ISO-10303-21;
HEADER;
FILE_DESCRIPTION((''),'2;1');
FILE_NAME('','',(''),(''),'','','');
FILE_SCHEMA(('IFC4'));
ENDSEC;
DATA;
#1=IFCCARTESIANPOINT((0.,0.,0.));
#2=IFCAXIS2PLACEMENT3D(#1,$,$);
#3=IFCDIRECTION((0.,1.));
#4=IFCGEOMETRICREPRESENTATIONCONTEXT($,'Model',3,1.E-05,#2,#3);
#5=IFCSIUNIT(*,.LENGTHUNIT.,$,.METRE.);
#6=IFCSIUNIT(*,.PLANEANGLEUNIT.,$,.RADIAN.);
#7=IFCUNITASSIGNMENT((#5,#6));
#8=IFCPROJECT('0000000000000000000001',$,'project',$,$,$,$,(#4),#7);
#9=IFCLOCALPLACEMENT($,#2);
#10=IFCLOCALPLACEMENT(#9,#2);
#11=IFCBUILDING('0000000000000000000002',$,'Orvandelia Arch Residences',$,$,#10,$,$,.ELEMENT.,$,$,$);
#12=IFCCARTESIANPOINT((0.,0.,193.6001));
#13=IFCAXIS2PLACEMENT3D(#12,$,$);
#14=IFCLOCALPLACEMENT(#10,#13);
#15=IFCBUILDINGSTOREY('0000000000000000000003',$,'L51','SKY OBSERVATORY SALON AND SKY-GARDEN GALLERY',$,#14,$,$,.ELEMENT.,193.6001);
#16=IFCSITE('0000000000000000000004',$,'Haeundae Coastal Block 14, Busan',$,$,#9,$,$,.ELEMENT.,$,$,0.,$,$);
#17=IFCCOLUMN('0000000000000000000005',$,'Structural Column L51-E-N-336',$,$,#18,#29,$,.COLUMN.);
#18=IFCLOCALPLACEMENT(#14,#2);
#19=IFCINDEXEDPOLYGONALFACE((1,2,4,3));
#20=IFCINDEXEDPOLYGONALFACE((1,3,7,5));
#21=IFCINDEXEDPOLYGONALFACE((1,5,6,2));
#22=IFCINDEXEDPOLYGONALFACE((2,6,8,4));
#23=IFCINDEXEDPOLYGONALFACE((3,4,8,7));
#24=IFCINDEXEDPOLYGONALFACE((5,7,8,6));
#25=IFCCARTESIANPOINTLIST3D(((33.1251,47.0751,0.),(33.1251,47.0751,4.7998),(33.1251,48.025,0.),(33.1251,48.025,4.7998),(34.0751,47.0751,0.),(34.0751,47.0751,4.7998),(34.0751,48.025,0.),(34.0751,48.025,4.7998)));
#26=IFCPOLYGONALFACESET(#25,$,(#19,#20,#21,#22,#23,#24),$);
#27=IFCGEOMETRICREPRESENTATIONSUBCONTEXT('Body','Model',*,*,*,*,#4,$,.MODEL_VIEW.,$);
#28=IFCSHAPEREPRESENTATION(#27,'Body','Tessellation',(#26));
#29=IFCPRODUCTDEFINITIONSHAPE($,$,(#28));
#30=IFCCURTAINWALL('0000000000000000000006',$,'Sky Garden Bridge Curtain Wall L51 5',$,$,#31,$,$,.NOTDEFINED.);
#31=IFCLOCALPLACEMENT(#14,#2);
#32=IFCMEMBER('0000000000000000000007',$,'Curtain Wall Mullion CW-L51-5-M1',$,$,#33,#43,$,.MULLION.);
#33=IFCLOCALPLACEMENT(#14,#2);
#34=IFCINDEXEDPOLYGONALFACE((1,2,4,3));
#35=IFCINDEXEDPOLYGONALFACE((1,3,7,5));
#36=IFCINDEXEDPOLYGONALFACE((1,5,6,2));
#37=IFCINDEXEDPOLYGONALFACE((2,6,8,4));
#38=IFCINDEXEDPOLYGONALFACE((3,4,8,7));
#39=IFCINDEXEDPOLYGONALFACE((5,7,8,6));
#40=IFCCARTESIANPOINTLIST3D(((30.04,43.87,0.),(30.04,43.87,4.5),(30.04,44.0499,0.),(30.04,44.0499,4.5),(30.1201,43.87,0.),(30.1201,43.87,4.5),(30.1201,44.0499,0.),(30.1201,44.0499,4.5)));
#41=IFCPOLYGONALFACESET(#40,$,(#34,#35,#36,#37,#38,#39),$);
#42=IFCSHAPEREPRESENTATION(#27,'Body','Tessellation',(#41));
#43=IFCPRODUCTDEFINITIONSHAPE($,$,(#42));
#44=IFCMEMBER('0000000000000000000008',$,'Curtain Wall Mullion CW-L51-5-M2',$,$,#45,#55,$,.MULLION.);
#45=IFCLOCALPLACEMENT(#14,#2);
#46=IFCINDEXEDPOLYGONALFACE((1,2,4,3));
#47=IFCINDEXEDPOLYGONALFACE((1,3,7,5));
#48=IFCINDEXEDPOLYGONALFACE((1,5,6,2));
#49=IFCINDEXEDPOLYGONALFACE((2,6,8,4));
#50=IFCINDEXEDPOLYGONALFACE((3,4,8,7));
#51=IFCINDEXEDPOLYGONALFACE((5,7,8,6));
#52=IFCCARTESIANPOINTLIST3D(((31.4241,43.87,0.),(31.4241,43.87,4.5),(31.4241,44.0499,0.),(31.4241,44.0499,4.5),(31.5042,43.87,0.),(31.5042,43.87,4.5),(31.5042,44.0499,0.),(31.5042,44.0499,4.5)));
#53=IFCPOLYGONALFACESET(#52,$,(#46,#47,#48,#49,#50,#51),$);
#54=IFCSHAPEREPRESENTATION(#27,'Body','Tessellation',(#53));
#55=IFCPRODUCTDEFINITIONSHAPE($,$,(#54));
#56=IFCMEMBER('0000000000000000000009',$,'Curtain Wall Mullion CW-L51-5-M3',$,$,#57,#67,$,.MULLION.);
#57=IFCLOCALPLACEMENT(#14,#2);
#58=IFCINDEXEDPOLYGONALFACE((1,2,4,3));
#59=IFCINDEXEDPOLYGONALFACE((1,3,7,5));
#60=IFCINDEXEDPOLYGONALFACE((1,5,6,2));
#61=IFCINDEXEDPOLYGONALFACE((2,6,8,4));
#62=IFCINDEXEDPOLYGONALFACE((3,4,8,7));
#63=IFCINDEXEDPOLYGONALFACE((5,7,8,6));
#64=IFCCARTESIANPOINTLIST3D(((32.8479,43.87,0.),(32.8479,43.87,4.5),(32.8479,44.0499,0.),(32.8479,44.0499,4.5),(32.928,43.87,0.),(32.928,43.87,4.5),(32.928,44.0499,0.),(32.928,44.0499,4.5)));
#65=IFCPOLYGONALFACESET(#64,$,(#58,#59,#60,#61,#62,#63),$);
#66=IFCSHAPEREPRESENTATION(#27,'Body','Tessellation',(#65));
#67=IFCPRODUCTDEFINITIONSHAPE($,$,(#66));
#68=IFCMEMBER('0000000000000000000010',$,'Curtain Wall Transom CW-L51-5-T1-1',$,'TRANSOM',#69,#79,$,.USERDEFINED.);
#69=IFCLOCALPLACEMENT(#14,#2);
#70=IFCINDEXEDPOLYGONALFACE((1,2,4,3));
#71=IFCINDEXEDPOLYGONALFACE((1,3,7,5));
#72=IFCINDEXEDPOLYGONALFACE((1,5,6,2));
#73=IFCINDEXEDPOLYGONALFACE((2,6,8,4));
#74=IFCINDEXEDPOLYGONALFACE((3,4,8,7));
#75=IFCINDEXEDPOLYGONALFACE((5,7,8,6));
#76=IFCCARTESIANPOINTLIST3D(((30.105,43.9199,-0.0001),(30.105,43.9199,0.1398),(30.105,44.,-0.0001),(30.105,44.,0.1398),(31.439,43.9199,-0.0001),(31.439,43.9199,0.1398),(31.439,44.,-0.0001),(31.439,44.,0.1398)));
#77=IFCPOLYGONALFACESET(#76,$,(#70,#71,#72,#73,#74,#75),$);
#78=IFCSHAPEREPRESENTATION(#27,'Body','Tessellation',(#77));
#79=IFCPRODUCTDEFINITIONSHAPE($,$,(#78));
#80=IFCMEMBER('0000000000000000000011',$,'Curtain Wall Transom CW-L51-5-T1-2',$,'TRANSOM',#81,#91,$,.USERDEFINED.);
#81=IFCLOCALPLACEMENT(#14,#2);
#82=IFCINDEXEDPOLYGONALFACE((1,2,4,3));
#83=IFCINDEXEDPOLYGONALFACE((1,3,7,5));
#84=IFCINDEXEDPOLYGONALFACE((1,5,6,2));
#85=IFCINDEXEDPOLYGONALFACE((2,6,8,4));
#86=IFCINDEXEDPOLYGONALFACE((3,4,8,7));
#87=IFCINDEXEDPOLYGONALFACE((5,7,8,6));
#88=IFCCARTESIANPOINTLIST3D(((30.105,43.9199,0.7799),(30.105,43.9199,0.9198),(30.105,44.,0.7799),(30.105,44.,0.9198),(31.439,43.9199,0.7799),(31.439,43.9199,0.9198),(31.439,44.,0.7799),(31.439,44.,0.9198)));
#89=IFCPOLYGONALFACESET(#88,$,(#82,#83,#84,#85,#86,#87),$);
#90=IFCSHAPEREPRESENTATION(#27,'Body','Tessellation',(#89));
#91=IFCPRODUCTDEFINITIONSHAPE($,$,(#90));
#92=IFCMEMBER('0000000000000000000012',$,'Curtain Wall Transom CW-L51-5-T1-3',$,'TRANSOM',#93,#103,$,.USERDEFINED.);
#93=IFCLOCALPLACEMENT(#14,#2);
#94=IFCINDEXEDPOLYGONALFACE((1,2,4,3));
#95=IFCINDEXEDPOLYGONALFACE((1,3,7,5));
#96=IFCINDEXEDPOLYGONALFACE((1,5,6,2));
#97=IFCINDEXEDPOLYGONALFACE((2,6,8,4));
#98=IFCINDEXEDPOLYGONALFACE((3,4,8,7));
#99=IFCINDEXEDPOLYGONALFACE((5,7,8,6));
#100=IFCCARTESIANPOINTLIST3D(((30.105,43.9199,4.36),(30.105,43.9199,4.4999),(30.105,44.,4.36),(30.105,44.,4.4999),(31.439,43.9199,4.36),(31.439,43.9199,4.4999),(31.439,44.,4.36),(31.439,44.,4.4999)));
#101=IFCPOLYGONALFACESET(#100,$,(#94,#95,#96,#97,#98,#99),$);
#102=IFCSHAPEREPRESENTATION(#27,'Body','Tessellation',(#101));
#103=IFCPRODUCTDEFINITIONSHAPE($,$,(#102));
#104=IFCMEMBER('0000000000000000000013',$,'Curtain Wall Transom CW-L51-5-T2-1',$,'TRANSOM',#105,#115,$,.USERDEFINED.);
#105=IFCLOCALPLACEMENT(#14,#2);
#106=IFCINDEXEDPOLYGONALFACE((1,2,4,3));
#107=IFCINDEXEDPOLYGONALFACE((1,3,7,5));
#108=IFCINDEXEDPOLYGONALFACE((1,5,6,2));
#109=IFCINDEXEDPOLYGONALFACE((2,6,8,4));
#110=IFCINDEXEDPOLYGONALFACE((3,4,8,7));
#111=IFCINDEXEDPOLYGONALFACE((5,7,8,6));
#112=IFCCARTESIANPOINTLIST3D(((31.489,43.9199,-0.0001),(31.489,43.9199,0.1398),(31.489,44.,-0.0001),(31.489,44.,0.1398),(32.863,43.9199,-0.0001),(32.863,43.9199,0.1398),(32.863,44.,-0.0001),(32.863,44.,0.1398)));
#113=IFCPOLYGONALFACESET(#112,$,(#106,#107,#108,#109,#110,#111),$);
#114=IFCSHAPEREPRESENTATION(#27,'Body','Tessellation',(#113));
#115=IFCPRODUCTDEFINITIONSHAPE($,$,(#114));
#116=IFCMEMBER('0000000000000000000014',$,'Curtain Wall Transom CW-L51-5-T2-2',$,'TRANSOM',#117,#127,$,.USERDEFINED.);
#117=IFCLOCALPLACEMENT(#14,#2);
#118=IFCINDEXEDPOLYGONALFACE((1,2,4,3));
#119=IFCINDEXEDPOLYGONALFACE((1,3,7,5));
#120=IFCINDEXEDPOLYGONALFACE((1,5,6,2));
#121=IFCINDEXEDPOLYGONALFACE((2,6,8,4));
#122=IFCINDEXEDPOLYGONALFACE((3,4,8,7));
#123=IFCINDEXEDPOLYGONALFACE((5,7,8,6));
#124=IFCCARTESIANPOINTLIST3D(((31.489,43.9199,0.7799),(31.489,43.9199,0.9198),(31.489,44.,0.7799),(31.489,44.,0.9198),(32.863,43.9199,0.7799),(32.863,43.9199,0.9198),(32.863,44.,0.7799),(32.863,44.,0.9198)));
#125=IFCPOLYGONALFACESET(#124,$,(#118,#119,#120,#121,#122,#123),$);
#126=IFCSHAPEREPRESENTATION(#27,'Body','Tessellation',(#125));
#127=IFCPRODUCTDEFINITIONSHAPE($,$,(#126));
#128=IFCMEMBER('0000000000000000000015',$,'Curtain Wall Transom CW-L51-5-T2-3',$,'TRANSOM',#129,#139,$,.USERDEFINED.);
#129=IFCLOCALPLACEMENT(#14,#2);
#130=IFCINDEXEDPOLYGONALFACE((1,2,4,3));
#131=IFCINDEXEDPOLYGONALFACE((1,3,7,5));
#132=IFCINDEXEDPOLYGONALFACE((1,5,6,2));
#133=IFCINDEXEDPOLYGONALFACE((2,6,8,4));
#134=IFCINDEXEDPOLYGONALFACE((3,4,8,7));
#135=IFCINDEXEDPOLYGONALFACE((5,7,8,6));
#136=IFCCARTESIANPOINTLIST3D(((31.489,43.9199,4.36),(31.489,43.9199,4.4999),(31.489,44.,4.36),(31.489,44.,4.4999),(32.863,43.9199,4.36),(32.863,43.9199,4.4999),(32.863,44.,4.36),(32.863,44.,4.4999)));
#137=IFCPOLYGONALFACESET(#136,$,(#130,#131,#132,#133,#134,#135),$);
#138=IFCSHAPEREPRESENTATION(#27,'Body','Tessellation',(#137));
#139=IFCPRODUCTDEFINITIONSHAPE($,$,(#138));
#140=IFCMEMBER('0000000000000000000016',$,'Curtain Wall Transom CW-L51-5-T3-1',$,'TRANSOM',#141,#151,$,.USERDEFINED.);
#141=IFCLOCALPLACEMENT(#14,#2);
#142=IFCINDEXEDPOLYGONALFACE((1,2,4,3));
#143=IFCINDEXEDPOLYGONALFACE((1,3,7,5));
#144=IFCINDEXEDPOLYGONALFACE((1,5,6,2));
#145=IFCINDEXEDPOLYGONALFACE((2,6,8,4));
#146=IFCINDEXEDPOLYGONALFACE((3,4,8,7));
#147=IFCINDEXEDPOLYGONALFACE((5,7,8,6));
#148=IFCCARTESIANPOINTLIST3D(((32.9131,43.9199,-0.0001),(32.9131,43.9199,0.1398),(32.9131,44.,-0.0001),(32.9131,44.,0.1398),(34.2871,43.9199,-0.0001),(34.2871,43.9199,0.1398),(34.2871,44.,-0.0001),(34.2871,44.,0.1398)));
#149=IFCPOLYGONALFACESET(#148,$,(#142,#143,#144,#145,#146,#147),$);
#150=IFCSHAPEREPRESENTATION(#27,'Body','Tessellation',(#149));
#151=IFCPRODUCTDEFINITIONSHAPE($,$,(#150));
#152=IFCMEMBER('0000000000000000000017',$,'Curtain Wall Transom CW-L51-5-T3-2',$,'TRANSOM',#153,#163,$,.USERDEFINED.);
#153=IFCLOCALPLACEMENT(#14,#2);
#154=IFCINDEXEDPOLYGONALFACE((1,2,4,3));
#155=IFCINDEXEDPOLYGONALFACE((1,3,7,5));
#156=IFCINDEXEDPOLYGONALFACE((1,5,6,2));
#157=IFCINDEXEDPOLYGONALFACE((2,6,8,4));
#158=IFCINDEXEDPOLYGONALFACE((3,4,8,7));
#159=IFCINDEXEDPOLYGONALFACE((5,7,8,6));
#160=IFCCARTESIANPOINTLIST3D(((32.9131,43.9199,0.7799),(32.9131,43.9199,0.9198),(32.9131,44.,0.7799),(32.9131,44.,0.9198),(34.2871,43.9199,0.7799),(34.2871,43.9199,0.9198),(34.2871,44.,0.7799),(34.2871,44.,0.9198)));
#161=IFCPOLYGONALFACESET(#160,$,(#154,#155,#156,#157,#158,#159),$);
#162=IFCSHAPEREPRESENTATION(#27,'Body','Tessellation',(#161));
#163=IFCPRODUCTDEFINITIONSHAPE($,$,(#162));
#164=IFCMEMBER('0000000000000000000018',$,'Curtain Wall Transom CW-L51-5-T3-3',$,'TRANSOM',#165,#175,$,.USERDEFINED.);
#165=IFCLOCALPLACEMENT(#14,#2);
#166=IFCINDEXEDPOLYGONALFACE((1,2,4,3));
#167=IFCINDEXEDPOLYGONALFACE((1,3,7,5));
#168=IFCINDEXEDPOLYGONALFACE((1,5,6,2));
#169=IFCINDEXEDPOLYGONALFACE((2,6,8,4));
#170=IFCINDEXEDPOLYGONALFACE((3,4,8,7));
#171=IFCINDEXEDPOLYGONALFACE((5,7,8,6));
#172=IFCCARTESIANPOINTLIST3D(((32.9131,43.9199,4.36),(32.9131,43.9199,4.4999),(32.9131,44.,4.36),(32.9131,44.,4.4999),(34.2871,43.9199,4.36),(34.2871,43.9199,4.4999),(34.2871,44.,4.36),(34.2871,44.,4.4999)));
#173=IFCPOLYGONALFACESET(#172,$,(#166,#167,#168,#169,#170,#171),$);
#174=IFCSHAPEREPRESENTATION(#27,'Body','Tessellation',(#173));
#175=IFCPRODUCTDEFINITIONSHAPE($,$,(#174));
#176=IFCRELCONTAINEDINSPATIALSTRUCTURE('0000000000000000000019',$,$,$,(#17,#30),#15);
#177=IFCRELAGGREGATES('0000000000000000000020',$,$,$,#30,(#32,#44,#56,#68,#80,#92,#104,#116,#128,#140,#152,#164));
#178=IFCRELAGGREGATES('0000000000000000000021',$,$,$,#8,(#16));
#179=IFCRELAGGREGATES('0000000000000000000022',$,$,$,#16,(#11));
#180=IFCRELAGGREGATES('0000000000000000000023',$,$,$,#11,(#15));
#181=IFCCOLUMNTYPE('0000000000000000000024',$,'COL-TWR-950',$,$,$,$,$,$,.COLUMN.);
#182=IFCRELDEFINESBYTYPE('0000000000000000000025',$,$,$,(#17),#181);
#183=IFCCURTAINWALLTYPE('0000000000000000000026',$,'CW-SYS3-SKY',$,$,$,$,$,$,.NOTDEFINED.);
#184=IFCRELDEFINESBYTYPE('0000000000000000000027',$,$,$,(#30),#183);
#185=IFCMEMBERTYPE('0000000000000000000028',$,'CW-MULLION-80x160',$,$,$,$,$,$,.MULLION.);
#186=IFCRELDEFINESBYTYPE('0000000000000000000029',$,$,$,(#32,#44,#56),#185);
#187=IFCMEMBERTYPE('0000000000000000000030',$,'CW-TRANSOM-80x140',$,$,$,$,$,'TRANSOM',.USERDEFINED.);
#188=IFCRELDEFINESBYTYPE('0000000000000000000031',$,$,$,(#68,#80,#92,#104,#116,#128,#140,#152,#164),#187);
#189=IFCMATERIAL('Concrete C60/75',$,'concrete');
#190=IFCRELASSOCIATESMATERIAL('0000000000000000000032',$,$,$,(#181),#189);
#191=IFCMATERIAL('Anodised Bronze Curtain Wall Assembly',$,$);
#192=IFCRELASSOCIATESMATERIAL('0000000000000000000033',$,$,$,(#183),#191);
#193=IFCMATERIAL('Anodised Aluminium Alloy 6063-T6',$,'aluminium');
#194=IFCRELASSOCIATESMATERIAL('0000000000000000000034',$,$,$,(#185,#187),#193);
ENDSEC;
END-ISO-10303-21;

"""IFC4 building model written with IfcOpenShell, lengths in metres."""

from ifc_helpers import new_model, si_unit, direction, frame, origin, origin_2d, place, context, subcontext, project, spatial, rectangle, extrude, material, material_profile, profile_set, type_object, element, aggregate, save


model = new_model("IFC4")

# Units and contexts
model_context = context("Model", 3, precision=1e-05, world=origin(), true_north=direction((0.0, 1.0)))
body_context = subcontext(model_context, "Body", "Model", "MODEL_VIEW")
ifc_project = project(units=[si_unit("LENGTHUNIT", "METRE"), si_unit("PLANEANGLEUNIT", "RADIAN")], contexts=[model_context])

# Site, building, storey
site_placement = place(None, origin())
site = spatial("IfcSite", under=ifc_project, at=site_placement, Name="Haeundae Coastal Block 14, Busan", CompositionType="ELEMENT", RefElevation=0.0)
building_placement = place(site_placement, origin())
building = spatial("IfcBuilding", under=site, at=building_placement, Name="Orvandelia Arch Residences", CompositionType="ELEMENT")
storey_placement = place(building_placement, frame((0.0, 0.0, 193.6001)))
storey = spatial("IfcBuildingStorey", under=building, at=storey_placement, Name="L51", Description="SKY OBSERVATORY SALON AND SKY-GARDEN GALLERY", CompositionType="ELEMENT", Elevation=193.6001)

# Column
ifc_material_1 = material(Name="Concrete C60/75", Category="concrete")
ifc_material_profile_1 = material_profile(ifc_material_1, rectangle(XDim=0.95, YDim=0.95, at=origin_2d()), Name="Concrete C60/75", Category="concrete")
ifc_profile_set_1 = profile_set([ifc_material_profile_1], Name="Concrete C60/75")
column_type = type_object("IfcColumnType", Name="COL-TWR-950", PredefinedType="COLUMN", material=ifc_profile_set_1)
column_placement = place(storey_placement, frame((33.6001, 47.55, 0.0), z_axis=(0.0, 0.0, 1.0), x_axis=(1.0, 0.0, 0.0)))
element("IfcColumn", 1, at=column_placement, inside=storey, type_object=column_type, Name="Structural Column L51-E-N-336", PredefinedType="COLUMN", context=body_context, shape_type="SweptSolid", body=[
    extrude(rectangle(XDim=0.95, YDim=0.95, at=origin_2d()), origin(), (0.0, 0.0, 1.0), 4.7998),
])

# Curtain wall, members
ifc_material_2 = material(Name="Anodised Bronze Curtain Wall Assembly")
curtain_wall_type = type_object("IfcCurtainWallType", Name="CW-SYS3-SKY", PredefinedType="NOTDEFINED", material=ifc_material_2)
curtain_wall_placement = place(storey_placement, origin())
curtain_wall = element("IfcCurtainWall", 2, at=curtain_wall_placement, inside=storey, type_object=curtain_wall_type, Name="Sky Garden Bridge Curtain Wall L51 5", PredefinedType="NOTDEFINED")
ifc_material_3 = material(Name="Anodised Aluminium Alloy 6063-T6", Category="aluminium")
ifc_material_profile_2 = material_profile(ifc_material_3, rectangle(XDim=0.0801, YDim=0.1799, at=origin_2d()), Name="Anodised Aluminium Alloy 6063-T6", Category="aluminium")
ifc_profile_set_2 = profile_set([ifc_material_profile_2], Name="Anodised Aluminium Alloy 6063-T6")
member_type_1 = type_object("IfcMemberType", Name="CW-MULLION-80x160", PredefinedType="MULLION", material=ifc_profile_set_2)
member_1_placement = place(storey_placement, frame((30.0801, 43.96, 0.0), z_axis=(0.0, 0.0, 1.0), x_axis=(1.0, 0.0, 0.0)))
member_1 = element("IfcMember", 3, at=member_1_placement, type_object=member_type_1, Name="Curtain Wall Mullion CW-L51-5-M1", PredefinedType="MULLION", context=body_context, shape_type="SweptSolid", body=[
    extrude(rectangle(XDim=0.0801, YDim=0.1799, at=origin_2d()), origin(), (0.0, 0.0, 1.0), 4.5),
])
member_2_placement = place(storey_placement, frame((31.4641, 43.96, 0.0), z_axis=(0.0, 0.0, 1.0), x_axis=(1.0, 0.0, 0.0)))
member_2 = element("IfcMember", 4, at=member_2_placement, type_object=member_type_1, Name="Curtain Wall Mullion CW-L51-5-M2", PredefinedType="MULLION", context=body_context, shape_type="SweptSolid", body=[
    extrude(rectangle(XDim=0.0801, YDim=0.1799, at=origin_2d()), origin(), (0.0, 0.0, 1.0), 4.5),
])
member_3_placement = place(storey_placement, frame((32.8879, 43.96, 0.0), z_axis=(0.0, 0.0, 1.0), x_axis=(1.0, 0.0, 0.0)))
member_3 = element("IfcMember", 5, at=member_3_placement, type_object=member_type_1, Name="Curtain Wall Mullion CW-L51-5-M3", PredefinedType="MULLION", context=body_context, shape_type="SweptSolid", body=[
    extrude(rectangle(XDim=0.0801, YDim=0.1799, at=origin_2d()), origin(), (0.0, 0.0, 1.0), 4.5),
])
ifc_material_profile_3 = material_profile(ifc_material_3, rectangle(XDim=0.0801, YDim=0.1399, at=origin_2d()), Name="Anodised Aluminium Alloy 6063-T6", Category="aluminium")
ifc_profile_set_3 = profile_set([ifc_material_profile_3], Name="Anodised Aluminium Alloy 6063-T6")
member_type_2 = type_object("IfcMemberType", Name="CW-TRANSOM-80x140", ElementType="TRANSOM", PredefinedType="USERDEFINED", material=ifc_profile_set_3)
member_4_placement = place(storey_placement, frame((30.105, 43.96, 0.0698), z_axis=(1.0, 0.0, 0.0), x_axis=(0.0, 1.0, 0.0)))
member_4 = element("IfcMember", 6, at=member_4_placement, type_object=member_type_2, Name="Curtain Wall Transom CW-L51-5-T1-1", ObjectType="TRANSOM", PredefinedType="USERDEFINED", context=body_context, shape_type="SweptSolid", body=[
    extrude(rectangle(XDim=0.0801, YDim=0.1399, at=origin_2d()), origin(), (0.0, 0.0, 1.0), 1.334),
])
member_5_placement = place(storey_placement, frame((30.105, 43.96, 0.8499), z_axis=(1.0, 0.0, 0.0), x_axis=(0.0, 1.0, 0.0)))
member_5 = element("IfcMember", 7, at=member_5_placement, type_object=member_type_2, Name="Curtain Wall Transom CW-L51-5-T1-2", ObjectType="TRANSOM", PredefinedType="USERDEFINED", context=body_context, shape_type="SweptSolid", body=[
    extrude(rectangle(XDim=0.0801, YDim=0.1399, at=origin_2d()), origin(), (0.0, 0.0, 1.0), 1.334),
])
member_6_placement = place(storey_placement, frame((30.105, 43.96, 4.4299), z_axis=(1.0, 0.0, 0.0), x_axis=(0.0, 1.0, 0.0)))
member_6 = element("IfcMember", 8, at=member_6_placement, type_object=member_type_2, Name="Curtain Wall Transom CW-L51-5-T1-3", ObjectType="TRANSOM", PredefinedType="USERDEFINED", context=body_context, shape_type="SweptSolid", body=[
    extrude(rectangle(XDim=0.0801, YDim=0.1399, at=origin_2d()), origin(), (0.0, 0.0, 1.0), 1.334),
])
member_7_placement = place(storey_placement, frame((31.489, 43.96, 0.0698), z_axis=(1.0, 0.0, 0.0), x_axis=(0.0, 1.0, 0.0)))
member_7 = element("IfcMember", 9, at=member_7_placement, type_object=member_type_2, Name="Curtain Wall Transom CW-L51-5-T2-1", ObjectType="TRANSOM", PredefinedType="USERDEFINED", context=body_context, shape_type="SweptSolid", body=[
    extrude(rectangle(XDim=0.0801, YDim=0.1399, at=origin_2d()), origin(), (0.0, 0.0, 1.0), 1.374),
])
member_8_placement = place(storey_placement, frame((31.489, 43.96, 0.8499), z_axis=(1.0, 0.0, 0.0), x_axis=(0.0, 1.0, 0.0)))
member_8 = element("IfcMember", 10, at=member_8_placement, type_object=member_type_2, Name="Curtain Wall Transom CW-L51-5-T2-2", ObjectType="TRANSOM", PredefinedType="USERDEFINED", context=body_context, shape_type="SweptSolid", body=[
    extrude(rectangle(XDim=0.0801, YDim=0.1399, at=origin_2d()), origin(), (0.0, 0.0, 1.0), 1.374),
])
member_9_placement = place(storey_placement, frame((31.489, 43.96, 4.4299), z_axis=(1.0, 0.0, 0.0), x_axis=(0.0, 1.0, 0.0)))
member_9 = element("IfcMember", 11, at=member_9_placement, type_object=member_type_2, Name="Curtain Wall Transom CW-L51-5-T2-3", ObjectType="TRANSOM", PredefinedType="USERDEFINED", context=body_context, shape_type="SweptSolid", body=[
    extrude(rectangle(XDim=0.0801, YDim=0.1399, at=origin_2d()), origin(), (0.0, 0.0, 1.0), 1.374),
])
member_10_placement = place(storey_placement, frame((32.9131, 43.96, 0.0698), z_axis=(1.0, 0.0, 0.0), x_axis=(0.0, 1.0, 0.0)))
member_10 = element("IfcMember", 12, at=member_10_placement, type_object=member_type_2, Name="Curtain Wall Transom CW-L51-5-T3-1", ObjectType="TRANSOM", PredefinedType="USERDEFINED", context=body_context, shape_type="SweptSolid", body=[
    extrude(rectangle(XDim=0.0801, YDim=0.1399, at=origin_2d()), origin(), (0.0, 0.0, 1.0), 1.374),
])
member_11_placement = place(storey_placement, frame((32.9131, 43.96, 0.8499), z_axis=(1.0, 0.0, 0.0), x_axis=(0.0, 1.0, 0.0)))
member_11 = element("IfcMember", 13, at=member_11_placement, type_object=member_type_2, Name="Curtain Wall Transom CW-L51-5-T3-2", ObjectType="TRANSOM", PredefinedType="USERDEFINED", context=body_context, shape_type="SweptSolid", body=[
    extrude(rectangle(XDim=0.0801, YDim=0.1399, at=origin_2d()), origin(), (0.0, 0.0, 1.0), 1.374),
])
member_12_placement = place(storey_placement, frame((32.9131, 43.96, 4.4299), z_axis=(1.0, 0.0, 0.0), x_axis=(0.0, 1.0, 0.0)))
member_12 = element("IfcMember", 14, at=member_12_placement, type_object=member_type_2, Name="Curtain Wall Transom CW-L51-5-T3-3", ObjectType="TRANSOM", PredefinedType="USERDEFINED", context=body_context, shape_type="SweptSolid", body=[
    extrude(rectangle(XDim=0.0801, YDim=0.1399, at=origin_2d()), origin(), (0.0, 0.0, 1.0), 1.374),
])

aggregate(curtain_wall, [member_1, member_2, member_3, member_4, member_5, member_6, member_7, member_8, member_9, member_10, member_11, member_12])

save(model, "model.ifc")
